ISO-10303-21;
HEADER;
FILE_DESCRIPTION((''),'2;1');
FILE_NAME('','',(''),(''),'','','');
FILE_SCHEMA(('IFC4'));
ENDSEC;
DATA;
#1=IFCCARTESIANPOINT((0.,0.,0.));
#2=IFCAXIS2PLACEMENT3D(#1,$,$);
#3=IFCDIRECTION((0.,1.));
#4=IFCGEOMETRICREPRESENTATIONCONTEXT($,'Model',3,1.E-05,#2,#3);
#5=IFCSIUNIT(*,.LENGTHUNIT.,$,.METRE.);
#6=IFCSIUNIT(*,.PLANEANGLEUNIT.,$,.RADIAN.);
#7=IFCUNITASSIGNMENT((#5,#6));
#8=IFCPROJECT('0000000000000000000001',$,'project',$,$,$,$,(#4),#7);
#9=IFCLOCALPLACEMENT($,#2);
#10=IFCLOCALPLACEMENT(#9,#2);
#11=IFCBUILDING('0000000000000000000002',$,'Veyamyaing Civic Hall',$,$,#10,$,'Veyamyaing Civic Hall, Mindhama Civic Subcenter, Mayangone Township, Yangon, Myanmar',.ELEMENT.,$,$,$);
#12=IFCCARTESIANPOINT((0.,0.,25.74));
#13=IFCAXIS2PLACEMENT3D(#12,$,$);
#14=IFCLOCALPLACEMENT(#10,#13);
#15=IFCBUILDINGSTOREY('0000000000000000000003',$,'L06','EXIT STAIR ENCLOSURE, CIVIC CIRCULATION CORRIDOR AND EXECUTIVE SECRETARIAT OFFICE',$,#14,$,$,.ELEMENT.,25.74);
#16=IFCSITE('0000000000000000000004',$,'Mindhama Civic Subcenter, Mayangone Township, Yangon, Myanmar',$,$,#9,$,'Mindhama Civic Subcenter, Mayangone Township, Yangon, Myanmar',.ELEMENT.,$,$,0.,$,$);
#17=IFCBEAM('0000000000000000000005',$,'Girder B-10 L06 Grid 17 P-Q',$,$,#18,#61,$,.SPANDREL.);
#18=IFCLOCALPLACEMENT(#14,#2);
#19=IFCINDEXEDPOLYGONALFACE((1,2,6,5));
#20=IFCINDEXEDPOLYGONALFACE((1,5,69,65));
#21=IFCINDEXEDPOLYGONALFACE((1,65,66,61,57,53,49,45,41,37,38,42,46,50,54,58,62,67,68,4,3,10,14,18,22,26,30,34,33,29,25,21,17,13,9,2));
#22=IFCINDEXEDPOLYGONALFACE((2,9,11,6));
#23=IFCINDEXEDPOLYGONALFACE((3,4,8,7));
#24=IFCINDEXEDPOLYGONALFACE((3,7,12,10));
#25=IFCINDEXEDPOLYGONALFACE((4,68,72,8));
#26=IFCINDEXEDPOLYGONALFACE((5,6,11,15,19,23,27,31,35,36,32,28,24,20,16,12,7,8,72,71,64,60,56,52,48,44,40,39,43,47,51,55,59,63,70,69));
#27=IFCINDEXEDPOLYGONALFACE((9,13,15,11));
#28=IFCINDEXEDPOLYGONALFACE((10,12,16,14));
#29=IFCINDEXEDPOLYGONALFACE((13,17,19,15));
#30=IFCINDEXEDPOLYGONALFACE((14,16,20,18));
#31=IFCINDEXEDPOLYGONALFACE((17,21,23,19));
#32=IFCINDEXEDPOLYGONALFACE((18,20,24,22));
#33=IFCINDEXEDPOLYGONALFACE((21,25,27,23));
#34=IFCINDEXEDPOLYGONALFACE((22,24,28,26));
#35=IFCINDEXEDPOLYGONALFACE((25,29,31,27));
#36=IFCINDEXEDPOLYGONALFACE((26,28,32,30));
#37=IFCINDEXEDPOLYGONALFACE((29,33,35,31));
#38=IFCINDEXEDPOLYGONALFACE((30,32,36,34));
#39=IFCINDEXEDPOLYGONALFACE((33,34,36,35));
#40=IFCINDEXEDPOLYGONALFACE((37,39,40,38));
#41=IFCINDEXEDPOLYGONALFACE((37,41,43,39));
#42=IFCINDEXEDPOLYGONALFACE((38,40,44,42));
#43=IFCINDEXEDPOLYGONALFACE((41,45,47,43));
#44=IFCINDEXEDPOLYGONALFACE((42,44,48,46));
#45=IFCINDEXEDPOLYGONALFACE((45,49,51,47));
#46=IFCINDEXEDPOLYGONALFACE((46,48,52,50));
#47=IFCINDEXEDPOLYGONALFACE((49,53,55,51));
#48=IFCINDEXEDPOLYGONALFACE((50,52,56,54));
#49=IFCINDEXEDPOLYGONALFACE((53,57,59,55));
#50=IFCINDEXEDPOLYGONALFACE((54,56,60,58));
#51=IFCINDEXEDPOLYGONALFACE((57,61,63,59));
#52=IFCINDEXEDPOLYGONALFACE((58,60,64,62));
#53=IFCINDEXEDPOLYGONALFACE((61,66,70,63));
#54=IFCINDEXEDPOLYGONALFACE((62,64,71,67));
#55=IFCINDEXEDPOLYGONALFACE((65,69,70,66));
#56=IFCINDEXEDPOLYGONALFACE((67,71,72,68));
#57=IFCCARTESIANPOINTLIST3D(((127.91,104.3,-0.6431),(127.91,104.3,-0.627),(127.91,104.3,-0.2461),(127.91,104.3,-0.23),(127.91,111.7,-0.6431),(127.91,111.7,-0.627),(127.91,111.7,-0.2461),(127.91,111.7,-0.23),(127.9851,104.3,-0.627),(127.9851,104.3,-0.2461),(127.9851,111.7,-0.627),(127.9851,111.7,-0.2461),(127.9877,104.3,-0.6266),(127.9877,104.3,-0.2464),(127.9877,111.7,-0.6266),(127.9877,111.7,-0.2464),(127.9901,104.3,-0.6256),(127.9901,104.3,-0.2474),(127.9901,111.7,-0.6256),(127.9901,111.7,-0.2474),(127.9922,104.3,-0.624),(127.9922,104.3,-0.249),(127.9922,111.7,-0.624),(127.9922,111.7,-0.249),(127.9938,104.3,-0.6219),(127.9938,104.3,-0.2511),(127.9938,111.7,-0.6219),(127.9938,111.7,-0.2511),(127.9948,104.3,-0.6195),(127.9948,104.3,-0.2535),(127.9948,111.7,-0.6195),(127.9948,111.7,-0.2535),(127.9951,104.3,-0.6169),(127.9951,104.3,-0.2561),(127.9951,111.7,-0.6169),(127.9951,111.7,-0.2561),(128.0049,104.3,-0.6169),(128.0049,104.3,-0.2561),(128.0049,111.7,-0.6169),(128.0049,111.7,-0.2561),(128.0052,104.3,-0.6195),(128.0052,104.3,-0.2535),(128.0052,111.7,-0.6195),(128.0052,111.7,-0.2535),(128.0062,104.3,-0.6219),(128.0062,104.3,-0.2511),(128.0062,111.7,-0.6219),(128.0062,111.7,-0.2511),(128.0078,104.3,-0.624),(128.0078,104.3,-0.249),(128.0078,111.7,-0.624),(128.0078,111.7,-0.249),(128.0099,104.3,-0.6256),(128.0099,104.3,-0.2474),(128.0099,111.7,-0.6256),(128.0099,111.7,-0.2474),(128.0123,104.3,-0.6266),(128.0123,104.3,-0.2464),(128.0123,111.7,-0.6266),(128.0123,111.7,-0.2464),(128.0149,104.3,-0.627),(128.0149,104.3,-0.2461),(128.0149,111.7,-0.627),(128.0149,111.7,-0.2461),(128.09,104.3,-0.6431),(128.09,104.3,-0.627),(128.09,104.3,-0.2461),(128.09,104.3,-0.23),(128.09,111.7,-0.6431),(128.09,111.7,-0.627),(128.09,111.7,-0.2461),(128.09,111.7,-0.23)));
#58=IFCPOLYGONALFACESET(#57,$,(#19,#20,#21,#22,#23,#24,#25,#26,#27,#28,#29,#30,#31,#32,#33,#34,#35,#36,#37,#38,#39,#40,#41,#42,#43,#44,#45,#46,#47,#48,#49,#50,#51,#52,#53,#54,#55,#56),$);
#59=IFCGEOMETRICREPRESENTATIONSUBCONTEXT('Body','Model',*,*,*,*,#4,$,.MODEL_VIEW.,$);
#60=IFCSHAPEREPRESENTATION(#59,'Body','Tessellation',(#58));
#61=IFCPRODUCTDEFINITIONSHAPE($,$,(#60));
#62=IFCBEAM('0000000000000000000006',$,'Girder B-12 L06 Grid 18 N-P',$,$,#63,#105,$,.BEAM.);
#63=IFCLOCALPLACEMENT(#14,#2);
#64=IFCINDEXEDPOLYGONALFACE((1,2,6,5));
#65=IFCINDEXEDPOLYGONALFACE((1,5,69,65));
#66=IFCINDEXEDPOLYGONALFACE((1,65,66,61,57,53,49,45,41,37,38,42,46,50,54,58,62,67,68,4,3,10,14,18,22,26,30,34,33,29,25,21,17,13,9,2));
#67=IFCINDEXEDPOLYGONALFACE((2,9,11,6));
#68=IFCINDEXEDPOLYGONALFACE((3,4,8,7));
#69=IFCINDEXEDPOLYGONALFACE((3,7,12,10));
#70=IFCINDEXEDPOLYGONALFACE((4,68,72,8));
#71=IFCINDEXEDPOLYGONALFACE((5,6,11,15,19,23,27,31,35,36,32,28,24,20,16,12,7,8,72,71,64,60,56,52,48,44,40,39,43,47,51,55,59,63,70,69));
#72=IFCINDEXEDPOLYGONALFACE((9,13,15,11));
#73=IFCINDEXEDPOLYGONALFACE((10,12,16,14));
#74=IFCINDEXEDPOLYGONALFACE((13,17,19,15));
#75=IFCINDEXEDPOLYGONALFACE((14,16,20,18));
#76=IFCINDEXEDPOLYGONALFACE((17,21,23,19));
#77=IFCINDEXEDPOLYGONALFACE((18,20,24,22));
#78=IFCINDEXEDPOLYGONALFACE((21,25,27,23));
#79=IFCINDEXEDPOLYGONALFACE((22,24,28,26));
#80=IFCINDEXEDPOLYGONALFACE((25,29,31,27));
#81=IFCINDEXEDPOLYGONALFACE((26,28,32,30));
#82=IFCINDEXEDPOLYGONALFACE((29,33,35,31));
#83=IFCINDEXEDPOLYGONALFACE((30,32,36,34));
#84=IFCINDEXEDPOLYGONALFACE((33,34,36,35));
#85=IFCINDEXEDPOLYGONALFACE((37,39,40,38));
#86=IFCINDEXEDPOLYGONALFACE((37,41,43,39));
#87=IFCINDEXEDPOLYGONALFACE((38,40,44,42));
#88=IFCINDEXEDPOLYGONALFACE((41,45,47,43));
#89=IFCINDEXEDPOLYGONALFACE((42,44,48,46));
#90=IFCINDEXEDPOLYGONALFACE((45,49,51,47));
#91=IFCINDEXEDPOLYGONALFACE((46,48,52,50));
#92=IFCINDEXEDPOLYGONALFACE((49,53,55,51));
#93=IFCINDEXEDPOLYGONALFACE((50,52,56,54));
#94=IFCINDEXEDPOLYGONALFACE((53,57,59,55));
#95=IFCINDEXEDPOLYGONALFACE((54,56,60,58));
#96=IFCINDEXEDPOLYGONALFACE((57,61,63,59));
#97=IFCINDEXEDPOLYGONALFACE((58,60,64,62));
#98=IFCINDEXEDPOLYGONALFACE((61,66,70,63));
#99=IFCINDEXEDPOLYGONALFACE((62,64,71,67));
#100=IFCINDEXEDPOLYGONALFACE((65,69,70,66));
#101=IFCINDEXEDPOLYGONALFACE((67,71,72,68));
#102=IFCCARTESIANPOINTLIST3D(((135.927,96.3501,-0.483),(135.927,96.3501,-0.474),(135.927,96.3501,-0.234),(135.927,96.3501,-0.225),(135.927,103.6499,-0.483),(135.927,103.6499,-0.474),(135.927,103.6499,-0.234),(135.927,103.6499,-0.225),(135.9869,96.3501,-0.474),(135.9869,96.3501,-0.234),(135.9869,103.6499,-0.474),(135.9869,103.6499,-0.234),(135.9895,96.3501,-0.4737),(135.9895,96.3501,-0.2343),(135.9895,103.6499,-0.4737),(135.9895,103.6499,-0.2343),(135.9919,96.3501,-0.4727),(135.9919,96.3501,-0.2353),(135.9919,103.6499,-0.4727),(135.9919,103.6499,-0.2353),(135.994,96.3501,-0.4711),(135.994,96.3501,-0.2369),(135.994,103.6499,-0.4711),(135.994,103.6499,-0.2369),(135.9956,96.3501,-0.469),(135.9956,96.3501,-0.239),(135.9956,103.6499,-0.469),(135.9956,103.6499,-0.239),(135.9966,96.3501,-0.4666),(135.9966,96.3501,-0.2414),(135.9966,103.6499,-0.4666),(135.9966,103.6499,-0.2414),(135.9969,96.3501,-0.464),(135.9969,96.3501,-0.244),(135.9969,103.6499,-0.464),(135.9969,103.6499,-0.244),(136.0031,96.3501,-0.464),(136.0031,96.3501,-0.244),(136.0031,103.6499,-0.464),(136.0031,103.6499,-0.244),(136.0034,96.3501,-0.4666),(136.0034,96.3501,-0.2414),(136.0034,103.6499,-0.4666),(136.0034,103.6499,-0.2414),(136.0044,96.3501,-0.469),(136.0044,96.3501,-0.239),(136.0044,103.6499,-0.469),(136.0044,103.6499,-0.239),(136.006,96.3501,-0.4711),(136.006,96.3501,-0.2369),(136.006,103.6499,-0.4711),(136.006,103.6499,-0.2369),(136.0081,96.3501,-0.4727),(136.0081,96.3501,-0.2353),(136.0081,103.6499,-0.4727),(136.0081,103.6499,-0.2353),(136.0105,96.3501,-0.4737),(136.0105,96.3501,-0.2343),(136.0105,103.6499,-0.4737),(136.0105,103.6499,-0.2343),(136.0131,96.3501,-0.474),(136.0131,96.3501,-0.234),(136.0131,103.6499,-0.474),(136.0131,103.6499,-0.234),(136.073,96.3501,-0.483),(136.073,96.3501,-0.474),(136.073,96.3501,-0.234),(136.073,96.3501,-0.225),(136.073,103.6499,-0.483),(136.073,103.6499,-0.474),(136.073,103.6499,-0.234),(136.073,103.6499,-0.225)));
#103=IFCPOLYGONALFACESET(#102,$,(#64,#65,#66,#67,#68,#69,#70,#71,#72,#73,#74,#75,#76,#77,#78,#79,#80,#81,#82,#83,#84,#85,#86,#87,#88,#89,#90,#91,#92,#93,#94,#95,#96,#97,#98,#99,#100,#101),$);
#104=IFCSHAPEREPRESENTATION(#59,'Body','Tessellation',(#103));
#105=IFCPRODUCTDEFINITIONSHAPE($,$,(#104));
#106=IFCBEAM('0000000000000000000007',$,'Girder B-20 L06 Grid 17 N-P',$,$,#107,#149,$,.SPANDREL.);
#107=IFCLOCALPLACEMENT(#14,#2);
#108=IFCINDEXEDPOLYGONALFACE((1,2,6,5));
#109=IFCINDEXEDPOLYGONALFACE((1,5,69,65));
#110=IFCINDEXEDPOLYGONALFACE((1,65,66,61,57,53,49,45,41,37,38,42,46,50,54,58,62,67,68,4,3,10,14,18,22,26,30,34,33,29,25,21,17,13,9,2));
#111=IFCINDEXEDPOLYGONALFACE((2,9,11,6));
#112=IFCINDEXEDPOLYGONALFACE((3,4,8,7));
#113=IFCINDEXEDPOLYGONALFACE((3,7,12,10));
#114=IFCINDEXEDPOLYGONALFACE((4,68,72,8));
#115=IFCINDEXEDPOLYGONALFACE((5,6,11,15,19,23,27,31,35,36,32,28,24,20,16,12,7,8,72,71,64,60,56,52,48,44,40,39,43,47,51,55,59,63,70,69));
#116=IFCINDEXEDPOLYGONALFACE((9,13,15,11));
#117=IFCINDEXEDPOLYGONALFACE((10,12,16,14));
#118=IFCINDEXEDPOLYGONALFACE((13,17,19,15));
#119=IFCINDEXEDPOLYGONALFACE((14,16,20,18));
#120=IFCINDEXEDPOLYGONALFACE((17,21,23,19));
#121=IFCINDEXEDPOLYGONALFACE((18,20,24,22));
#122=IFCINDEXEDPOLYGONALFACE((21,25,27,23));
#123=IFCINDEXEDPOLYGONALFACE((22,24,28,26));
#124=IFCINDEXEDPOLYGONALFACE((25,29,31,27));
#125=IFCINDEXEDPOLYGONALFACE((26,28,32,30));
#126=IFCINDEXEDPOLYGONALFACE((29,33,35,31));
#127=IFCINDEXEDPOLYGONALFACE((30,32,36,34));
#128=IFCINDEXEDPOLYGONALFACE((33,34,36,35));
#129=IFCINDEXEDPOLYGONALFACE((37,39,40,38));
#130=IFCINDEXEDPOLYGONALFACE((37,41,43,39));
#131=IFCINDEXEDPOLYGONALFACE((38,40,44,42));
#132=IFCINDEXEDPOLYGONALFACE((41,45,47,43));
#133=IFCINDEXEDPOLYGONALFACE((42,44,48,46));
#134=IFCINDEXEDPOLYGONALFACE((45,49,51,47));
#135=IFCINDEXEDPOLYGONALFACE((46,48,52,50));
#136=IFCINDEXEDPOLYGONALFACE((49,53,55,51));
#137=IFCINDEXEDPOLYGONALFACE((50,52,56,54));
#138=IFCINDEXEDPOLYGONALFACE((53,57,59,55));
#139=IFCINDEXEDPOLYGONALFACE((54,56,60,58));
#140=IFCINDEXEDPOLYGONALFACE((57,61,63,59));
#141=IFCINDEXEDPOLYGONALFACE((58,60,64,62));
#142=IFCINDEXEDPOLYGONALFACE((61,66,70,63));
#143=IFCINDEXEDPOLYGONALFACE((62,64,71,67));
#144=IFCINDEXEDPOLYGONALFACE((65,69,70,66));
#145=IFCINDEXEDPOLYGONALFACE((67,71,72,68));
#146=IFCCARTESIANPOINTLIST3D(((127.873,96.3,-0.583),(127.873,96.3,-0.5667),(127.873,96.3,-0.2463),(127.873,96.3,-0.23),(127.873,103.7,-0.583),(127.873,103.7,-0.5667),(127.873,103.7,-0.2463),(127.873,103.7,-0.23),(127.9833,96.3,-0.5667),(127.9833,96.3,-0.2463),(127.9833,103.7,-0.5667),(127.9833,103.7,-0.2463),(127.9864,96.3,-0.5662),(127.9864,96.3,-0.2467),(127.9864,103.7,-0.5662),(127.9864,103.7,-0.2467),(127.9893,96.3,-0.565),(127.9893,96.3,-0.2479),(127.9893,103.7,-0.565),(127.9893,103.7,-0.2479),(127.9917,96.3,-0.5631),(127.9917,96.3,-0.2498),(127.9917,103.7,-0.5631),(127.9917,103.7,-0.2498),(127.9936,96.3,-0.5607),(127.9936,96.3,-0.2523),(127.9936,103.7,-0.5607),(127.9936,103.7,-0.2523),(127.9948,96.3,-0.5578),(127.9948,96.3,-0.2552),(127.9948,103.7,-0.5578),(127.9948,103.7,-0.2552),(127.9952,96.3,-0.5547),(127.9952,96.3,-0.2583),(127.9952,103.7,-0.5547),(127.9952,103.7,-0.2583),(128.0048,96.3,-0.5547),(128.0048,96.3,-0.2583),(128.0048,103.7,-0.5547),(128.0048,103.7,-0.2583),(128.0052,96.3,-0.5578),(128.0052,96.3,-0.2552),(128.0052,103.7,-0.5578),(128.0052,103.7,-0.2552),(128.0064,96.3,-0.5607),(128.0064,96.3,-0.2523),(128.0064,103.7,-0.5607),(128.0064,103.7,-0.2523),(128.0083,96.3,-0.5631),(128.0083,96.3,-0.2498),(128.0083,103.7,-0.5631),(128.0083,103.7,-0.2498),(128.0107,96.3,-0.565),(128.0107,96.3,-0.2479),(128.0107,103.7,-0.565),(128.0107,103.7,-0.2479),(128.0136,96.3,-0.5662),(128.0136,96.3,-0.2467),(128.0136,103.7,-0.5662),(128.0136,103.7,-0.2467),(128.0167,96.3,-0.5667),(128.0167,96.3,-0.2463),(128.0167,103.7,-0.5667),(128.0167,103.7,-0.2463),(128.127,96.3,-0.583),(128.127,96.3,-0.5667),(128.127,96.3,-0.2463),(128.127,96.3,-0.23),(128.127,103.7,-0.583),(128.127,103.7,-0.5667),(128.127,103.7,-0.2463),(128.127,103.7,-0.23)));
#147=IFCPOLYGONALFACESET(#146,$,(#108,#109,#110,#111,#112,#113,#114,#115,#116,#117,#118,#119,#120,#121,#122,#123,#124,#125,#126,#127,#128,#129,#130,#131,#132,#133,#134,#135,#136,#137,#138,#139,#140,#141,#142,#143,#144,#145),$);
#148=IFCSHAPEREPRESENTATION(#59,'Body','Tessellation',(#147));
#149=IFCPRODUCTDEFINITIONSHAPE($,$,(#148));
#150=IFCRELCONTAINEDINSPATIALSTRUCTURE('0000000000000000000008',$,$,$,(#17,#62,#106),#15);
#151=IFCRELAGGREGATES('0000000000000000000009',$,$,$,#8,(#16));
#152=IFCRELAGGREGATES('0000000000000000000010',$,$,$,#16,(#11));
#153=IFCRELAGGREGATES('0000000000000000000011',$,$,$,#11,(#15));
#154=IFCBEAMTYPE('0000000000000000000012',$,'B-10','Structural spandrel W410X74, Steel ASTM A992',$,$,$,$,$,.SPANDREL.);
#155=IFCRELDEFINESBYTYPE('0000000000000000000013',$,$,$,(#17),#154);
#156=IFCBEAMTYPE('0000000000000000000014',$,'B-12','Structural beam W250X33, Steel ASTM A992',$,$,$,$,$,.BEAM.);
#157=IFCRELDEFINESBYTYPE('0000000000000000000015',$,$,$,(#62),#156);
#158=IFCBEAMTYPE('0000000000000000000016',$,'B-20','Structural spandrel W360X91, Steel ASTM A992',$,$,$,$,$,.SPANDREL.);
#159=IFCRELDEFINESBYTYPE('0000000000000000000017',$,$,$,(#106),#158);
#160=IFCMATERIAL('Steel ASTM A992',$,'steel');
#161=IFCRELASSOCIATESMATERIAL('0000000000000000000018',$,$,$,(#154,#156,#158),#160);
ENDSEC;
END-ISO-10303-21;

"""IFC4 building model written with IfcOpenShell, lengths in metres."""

from ifc_helpers import new_model, si_unit, direction, frame, origin, origin_2d, place, context, subcontext, project, spatial, i_section, extrude, material, material_profile, profile_set, type_object, element, save


model = new_model("IFC4")

# Units and contexts
model_context = context("Model", 3, precision=1e-05, world=origin(), true_north=direction((0.0, 1.0)))
body_context = subcontext(model_context, "Body", "Model", "MODEL_VIEW")
ifc_project = project(units=[si_unit("LENGTHUNIT", "METRE"), si_unit("PLANEANGLEUNIT", "RADIAN")], contexts=[model_context])

# Site, building, storey
site_placement = place(None, origin())
site = spatial("IfcSite", under=ifc_project, at=site_placement, Name="Mindhama Civic Subcenter, Mayangone Township, Yangon, Myanmar", LongName="Mindhama Civic Subcenter, Mayangone Township, Yangon, Myanmar", CompositionType="ELEMENT", RefElevation=0.0)
building_placement = place(site_placement, origin())
building = spatial("IfcBuilding", under=site, at=building_placement, Name="Veyamyaing Civic Hall", LongName="Veyamyaing Civic Hall, Mindhama Civic Subcenter, Mayangone Township, Yangon, Myanmar", CompositionType="ELEMENT")
storey_placement = place(building_placement, frame((0.0, 0.0, 25.74)))
storey = spatial("IfcBuildingStorey", under=building, at=storey_placement, Name="L06", Description="EXIT STAIR ENCLOSURE, CIVIC CIRCULATION CORRIDOR AND EXECUTIVE SECRETARIAT OFFICE", CompositionType="ELEMENT", Elevation=25.74)

# Beams
ifc_material_1 = material(Name="Steel ASTM A992", Category="steel")
ifc_material_profile_1 = material_profile(ifc_material_1, i_section(OverallWidth=0.1799, OverallDepth=0.4131, WebThickness=0.0098, FlangeThickness=0.0161, FilletRadius=0.01, at=origin_2d()), Name="W410X74")
ifc_profile_set_1 = profile_set([ifc_material_profile_1], Name="Steel ASTM A992")
beam_type_1 = type_object("IfcBeamType", Name="B-10", Description="Structural spandrel W410X74, Steel ASTM A992", PredefinedType="SPANDREL", material=ifc_profile_set_1)
beam_1_placement = place(storey_placement, frame((128.0, 104.3, -0.4365), z_axis=(0.0, 1.0, 0.0), x_axis=(-1.0, 0.0, 0.0)))
element("IfcBeam", 1, at=beam_1_placement, inside=storey, type_object=beam_type_1, Name="Girder B-10 L06 Grid 17 P-Q", PredefinedType="SPANDREL", context=body_context, shape_type="SweptSolid", body=[
    extrude(i_section(OverallWidth=0.1799, OverallDepth=0.4131, WebThickness=0.0098, FlangeThickness=0.0161, FilletRadius=0.01, at=origin_2d()), origin(), (0.0, 0.0, 1.0), 7.3999),
])
ifc_material_profile_2 = material_profile(ifc_material_1, i_section(OverallWidth=0.146, OverallDepth=0.2581, WebThickness=0.0061, FlangeThickness=0.009, FilletRadius=0.01, at=origin_2d()), Name="W250X33")
ifc_profile_set_2 = profile_set([ifc_material_profile_2], Name="Steel ASTM A992")
beam_type_2 = type_object("IfcBeamType", Name="B-12", Description="Structural beam W250X33, Steel ASTM A992", PredefinedType="BEAM", material=ifc_profile_set_2)
beam_2_placement = place(storey_placement, frame((136.0, 96.3501, -0.354), z_axis=(0.0, 1.0, 0.0), x_axis=(-1.0, 0.0, 0.0)))
element("IfcBeam", 2, at=beam_2_placement, inside=storey, type_object=beam_type_2, Name="Girder B-12 L06 Grid 18 N-P", PredefinedType="BEAM", context=body_context, shape_type="SweptSolid", body=[
    extrude(i_section(OverallWidth=0.146, OverallDepth=0.2581, WebThickness=0.0061, FlangeThickness=0.009, FilletRadius=0.01, at=origin_2d()), origin(), (0.0, 0.0, 1.0), 7.2998),
])
ifc_material_profile_3 = material_profile(ifc_material_1, i_section(OverallWidth=0.2539, OverallDepth=0.353, WebThickness=0.0095, FlangeThickness=0.0164, FilletRadius=0.012, at=origin_2d()), Name="W360X91")
ifc_profile_set_3 = profile_set([ifc_material_profile_3], Name="Steel ASTM A992")
beam_type_3 = type_object("IfcBeamType", Name="B-20", Description="Structural spandrel W360X91, Steel ASTM A992", PredefinedType="SPANDREL", material=ifc_profile_set_3)
beam_3_placement = place(storey_placement, frame((128.0, 96.3, -0.4065), z_axis=(0.0, 1.0, 0.0), x_axis=(-1.0, 0.0, 0.0)))
element("IfcBeam", 3, at=beam_3_placement, inside=storey, type_object=beam_type_3, Name="Girder B-20 L06 Grid 17 N-P", PredefinedType="SPANDREL", context=body_context, shape_type="SweptSolid", body=[
    extrude(i_section(OverallWidth=0.2539, OverallDepth=0.353, WebThickness=0.0095, FlangeThickness=0.0164, FilletRadius=0.012, at=origin_2d()), origin(), (0.0, 0.0, 1.0), 7.3999),
])

save(model, "model.ifc")
